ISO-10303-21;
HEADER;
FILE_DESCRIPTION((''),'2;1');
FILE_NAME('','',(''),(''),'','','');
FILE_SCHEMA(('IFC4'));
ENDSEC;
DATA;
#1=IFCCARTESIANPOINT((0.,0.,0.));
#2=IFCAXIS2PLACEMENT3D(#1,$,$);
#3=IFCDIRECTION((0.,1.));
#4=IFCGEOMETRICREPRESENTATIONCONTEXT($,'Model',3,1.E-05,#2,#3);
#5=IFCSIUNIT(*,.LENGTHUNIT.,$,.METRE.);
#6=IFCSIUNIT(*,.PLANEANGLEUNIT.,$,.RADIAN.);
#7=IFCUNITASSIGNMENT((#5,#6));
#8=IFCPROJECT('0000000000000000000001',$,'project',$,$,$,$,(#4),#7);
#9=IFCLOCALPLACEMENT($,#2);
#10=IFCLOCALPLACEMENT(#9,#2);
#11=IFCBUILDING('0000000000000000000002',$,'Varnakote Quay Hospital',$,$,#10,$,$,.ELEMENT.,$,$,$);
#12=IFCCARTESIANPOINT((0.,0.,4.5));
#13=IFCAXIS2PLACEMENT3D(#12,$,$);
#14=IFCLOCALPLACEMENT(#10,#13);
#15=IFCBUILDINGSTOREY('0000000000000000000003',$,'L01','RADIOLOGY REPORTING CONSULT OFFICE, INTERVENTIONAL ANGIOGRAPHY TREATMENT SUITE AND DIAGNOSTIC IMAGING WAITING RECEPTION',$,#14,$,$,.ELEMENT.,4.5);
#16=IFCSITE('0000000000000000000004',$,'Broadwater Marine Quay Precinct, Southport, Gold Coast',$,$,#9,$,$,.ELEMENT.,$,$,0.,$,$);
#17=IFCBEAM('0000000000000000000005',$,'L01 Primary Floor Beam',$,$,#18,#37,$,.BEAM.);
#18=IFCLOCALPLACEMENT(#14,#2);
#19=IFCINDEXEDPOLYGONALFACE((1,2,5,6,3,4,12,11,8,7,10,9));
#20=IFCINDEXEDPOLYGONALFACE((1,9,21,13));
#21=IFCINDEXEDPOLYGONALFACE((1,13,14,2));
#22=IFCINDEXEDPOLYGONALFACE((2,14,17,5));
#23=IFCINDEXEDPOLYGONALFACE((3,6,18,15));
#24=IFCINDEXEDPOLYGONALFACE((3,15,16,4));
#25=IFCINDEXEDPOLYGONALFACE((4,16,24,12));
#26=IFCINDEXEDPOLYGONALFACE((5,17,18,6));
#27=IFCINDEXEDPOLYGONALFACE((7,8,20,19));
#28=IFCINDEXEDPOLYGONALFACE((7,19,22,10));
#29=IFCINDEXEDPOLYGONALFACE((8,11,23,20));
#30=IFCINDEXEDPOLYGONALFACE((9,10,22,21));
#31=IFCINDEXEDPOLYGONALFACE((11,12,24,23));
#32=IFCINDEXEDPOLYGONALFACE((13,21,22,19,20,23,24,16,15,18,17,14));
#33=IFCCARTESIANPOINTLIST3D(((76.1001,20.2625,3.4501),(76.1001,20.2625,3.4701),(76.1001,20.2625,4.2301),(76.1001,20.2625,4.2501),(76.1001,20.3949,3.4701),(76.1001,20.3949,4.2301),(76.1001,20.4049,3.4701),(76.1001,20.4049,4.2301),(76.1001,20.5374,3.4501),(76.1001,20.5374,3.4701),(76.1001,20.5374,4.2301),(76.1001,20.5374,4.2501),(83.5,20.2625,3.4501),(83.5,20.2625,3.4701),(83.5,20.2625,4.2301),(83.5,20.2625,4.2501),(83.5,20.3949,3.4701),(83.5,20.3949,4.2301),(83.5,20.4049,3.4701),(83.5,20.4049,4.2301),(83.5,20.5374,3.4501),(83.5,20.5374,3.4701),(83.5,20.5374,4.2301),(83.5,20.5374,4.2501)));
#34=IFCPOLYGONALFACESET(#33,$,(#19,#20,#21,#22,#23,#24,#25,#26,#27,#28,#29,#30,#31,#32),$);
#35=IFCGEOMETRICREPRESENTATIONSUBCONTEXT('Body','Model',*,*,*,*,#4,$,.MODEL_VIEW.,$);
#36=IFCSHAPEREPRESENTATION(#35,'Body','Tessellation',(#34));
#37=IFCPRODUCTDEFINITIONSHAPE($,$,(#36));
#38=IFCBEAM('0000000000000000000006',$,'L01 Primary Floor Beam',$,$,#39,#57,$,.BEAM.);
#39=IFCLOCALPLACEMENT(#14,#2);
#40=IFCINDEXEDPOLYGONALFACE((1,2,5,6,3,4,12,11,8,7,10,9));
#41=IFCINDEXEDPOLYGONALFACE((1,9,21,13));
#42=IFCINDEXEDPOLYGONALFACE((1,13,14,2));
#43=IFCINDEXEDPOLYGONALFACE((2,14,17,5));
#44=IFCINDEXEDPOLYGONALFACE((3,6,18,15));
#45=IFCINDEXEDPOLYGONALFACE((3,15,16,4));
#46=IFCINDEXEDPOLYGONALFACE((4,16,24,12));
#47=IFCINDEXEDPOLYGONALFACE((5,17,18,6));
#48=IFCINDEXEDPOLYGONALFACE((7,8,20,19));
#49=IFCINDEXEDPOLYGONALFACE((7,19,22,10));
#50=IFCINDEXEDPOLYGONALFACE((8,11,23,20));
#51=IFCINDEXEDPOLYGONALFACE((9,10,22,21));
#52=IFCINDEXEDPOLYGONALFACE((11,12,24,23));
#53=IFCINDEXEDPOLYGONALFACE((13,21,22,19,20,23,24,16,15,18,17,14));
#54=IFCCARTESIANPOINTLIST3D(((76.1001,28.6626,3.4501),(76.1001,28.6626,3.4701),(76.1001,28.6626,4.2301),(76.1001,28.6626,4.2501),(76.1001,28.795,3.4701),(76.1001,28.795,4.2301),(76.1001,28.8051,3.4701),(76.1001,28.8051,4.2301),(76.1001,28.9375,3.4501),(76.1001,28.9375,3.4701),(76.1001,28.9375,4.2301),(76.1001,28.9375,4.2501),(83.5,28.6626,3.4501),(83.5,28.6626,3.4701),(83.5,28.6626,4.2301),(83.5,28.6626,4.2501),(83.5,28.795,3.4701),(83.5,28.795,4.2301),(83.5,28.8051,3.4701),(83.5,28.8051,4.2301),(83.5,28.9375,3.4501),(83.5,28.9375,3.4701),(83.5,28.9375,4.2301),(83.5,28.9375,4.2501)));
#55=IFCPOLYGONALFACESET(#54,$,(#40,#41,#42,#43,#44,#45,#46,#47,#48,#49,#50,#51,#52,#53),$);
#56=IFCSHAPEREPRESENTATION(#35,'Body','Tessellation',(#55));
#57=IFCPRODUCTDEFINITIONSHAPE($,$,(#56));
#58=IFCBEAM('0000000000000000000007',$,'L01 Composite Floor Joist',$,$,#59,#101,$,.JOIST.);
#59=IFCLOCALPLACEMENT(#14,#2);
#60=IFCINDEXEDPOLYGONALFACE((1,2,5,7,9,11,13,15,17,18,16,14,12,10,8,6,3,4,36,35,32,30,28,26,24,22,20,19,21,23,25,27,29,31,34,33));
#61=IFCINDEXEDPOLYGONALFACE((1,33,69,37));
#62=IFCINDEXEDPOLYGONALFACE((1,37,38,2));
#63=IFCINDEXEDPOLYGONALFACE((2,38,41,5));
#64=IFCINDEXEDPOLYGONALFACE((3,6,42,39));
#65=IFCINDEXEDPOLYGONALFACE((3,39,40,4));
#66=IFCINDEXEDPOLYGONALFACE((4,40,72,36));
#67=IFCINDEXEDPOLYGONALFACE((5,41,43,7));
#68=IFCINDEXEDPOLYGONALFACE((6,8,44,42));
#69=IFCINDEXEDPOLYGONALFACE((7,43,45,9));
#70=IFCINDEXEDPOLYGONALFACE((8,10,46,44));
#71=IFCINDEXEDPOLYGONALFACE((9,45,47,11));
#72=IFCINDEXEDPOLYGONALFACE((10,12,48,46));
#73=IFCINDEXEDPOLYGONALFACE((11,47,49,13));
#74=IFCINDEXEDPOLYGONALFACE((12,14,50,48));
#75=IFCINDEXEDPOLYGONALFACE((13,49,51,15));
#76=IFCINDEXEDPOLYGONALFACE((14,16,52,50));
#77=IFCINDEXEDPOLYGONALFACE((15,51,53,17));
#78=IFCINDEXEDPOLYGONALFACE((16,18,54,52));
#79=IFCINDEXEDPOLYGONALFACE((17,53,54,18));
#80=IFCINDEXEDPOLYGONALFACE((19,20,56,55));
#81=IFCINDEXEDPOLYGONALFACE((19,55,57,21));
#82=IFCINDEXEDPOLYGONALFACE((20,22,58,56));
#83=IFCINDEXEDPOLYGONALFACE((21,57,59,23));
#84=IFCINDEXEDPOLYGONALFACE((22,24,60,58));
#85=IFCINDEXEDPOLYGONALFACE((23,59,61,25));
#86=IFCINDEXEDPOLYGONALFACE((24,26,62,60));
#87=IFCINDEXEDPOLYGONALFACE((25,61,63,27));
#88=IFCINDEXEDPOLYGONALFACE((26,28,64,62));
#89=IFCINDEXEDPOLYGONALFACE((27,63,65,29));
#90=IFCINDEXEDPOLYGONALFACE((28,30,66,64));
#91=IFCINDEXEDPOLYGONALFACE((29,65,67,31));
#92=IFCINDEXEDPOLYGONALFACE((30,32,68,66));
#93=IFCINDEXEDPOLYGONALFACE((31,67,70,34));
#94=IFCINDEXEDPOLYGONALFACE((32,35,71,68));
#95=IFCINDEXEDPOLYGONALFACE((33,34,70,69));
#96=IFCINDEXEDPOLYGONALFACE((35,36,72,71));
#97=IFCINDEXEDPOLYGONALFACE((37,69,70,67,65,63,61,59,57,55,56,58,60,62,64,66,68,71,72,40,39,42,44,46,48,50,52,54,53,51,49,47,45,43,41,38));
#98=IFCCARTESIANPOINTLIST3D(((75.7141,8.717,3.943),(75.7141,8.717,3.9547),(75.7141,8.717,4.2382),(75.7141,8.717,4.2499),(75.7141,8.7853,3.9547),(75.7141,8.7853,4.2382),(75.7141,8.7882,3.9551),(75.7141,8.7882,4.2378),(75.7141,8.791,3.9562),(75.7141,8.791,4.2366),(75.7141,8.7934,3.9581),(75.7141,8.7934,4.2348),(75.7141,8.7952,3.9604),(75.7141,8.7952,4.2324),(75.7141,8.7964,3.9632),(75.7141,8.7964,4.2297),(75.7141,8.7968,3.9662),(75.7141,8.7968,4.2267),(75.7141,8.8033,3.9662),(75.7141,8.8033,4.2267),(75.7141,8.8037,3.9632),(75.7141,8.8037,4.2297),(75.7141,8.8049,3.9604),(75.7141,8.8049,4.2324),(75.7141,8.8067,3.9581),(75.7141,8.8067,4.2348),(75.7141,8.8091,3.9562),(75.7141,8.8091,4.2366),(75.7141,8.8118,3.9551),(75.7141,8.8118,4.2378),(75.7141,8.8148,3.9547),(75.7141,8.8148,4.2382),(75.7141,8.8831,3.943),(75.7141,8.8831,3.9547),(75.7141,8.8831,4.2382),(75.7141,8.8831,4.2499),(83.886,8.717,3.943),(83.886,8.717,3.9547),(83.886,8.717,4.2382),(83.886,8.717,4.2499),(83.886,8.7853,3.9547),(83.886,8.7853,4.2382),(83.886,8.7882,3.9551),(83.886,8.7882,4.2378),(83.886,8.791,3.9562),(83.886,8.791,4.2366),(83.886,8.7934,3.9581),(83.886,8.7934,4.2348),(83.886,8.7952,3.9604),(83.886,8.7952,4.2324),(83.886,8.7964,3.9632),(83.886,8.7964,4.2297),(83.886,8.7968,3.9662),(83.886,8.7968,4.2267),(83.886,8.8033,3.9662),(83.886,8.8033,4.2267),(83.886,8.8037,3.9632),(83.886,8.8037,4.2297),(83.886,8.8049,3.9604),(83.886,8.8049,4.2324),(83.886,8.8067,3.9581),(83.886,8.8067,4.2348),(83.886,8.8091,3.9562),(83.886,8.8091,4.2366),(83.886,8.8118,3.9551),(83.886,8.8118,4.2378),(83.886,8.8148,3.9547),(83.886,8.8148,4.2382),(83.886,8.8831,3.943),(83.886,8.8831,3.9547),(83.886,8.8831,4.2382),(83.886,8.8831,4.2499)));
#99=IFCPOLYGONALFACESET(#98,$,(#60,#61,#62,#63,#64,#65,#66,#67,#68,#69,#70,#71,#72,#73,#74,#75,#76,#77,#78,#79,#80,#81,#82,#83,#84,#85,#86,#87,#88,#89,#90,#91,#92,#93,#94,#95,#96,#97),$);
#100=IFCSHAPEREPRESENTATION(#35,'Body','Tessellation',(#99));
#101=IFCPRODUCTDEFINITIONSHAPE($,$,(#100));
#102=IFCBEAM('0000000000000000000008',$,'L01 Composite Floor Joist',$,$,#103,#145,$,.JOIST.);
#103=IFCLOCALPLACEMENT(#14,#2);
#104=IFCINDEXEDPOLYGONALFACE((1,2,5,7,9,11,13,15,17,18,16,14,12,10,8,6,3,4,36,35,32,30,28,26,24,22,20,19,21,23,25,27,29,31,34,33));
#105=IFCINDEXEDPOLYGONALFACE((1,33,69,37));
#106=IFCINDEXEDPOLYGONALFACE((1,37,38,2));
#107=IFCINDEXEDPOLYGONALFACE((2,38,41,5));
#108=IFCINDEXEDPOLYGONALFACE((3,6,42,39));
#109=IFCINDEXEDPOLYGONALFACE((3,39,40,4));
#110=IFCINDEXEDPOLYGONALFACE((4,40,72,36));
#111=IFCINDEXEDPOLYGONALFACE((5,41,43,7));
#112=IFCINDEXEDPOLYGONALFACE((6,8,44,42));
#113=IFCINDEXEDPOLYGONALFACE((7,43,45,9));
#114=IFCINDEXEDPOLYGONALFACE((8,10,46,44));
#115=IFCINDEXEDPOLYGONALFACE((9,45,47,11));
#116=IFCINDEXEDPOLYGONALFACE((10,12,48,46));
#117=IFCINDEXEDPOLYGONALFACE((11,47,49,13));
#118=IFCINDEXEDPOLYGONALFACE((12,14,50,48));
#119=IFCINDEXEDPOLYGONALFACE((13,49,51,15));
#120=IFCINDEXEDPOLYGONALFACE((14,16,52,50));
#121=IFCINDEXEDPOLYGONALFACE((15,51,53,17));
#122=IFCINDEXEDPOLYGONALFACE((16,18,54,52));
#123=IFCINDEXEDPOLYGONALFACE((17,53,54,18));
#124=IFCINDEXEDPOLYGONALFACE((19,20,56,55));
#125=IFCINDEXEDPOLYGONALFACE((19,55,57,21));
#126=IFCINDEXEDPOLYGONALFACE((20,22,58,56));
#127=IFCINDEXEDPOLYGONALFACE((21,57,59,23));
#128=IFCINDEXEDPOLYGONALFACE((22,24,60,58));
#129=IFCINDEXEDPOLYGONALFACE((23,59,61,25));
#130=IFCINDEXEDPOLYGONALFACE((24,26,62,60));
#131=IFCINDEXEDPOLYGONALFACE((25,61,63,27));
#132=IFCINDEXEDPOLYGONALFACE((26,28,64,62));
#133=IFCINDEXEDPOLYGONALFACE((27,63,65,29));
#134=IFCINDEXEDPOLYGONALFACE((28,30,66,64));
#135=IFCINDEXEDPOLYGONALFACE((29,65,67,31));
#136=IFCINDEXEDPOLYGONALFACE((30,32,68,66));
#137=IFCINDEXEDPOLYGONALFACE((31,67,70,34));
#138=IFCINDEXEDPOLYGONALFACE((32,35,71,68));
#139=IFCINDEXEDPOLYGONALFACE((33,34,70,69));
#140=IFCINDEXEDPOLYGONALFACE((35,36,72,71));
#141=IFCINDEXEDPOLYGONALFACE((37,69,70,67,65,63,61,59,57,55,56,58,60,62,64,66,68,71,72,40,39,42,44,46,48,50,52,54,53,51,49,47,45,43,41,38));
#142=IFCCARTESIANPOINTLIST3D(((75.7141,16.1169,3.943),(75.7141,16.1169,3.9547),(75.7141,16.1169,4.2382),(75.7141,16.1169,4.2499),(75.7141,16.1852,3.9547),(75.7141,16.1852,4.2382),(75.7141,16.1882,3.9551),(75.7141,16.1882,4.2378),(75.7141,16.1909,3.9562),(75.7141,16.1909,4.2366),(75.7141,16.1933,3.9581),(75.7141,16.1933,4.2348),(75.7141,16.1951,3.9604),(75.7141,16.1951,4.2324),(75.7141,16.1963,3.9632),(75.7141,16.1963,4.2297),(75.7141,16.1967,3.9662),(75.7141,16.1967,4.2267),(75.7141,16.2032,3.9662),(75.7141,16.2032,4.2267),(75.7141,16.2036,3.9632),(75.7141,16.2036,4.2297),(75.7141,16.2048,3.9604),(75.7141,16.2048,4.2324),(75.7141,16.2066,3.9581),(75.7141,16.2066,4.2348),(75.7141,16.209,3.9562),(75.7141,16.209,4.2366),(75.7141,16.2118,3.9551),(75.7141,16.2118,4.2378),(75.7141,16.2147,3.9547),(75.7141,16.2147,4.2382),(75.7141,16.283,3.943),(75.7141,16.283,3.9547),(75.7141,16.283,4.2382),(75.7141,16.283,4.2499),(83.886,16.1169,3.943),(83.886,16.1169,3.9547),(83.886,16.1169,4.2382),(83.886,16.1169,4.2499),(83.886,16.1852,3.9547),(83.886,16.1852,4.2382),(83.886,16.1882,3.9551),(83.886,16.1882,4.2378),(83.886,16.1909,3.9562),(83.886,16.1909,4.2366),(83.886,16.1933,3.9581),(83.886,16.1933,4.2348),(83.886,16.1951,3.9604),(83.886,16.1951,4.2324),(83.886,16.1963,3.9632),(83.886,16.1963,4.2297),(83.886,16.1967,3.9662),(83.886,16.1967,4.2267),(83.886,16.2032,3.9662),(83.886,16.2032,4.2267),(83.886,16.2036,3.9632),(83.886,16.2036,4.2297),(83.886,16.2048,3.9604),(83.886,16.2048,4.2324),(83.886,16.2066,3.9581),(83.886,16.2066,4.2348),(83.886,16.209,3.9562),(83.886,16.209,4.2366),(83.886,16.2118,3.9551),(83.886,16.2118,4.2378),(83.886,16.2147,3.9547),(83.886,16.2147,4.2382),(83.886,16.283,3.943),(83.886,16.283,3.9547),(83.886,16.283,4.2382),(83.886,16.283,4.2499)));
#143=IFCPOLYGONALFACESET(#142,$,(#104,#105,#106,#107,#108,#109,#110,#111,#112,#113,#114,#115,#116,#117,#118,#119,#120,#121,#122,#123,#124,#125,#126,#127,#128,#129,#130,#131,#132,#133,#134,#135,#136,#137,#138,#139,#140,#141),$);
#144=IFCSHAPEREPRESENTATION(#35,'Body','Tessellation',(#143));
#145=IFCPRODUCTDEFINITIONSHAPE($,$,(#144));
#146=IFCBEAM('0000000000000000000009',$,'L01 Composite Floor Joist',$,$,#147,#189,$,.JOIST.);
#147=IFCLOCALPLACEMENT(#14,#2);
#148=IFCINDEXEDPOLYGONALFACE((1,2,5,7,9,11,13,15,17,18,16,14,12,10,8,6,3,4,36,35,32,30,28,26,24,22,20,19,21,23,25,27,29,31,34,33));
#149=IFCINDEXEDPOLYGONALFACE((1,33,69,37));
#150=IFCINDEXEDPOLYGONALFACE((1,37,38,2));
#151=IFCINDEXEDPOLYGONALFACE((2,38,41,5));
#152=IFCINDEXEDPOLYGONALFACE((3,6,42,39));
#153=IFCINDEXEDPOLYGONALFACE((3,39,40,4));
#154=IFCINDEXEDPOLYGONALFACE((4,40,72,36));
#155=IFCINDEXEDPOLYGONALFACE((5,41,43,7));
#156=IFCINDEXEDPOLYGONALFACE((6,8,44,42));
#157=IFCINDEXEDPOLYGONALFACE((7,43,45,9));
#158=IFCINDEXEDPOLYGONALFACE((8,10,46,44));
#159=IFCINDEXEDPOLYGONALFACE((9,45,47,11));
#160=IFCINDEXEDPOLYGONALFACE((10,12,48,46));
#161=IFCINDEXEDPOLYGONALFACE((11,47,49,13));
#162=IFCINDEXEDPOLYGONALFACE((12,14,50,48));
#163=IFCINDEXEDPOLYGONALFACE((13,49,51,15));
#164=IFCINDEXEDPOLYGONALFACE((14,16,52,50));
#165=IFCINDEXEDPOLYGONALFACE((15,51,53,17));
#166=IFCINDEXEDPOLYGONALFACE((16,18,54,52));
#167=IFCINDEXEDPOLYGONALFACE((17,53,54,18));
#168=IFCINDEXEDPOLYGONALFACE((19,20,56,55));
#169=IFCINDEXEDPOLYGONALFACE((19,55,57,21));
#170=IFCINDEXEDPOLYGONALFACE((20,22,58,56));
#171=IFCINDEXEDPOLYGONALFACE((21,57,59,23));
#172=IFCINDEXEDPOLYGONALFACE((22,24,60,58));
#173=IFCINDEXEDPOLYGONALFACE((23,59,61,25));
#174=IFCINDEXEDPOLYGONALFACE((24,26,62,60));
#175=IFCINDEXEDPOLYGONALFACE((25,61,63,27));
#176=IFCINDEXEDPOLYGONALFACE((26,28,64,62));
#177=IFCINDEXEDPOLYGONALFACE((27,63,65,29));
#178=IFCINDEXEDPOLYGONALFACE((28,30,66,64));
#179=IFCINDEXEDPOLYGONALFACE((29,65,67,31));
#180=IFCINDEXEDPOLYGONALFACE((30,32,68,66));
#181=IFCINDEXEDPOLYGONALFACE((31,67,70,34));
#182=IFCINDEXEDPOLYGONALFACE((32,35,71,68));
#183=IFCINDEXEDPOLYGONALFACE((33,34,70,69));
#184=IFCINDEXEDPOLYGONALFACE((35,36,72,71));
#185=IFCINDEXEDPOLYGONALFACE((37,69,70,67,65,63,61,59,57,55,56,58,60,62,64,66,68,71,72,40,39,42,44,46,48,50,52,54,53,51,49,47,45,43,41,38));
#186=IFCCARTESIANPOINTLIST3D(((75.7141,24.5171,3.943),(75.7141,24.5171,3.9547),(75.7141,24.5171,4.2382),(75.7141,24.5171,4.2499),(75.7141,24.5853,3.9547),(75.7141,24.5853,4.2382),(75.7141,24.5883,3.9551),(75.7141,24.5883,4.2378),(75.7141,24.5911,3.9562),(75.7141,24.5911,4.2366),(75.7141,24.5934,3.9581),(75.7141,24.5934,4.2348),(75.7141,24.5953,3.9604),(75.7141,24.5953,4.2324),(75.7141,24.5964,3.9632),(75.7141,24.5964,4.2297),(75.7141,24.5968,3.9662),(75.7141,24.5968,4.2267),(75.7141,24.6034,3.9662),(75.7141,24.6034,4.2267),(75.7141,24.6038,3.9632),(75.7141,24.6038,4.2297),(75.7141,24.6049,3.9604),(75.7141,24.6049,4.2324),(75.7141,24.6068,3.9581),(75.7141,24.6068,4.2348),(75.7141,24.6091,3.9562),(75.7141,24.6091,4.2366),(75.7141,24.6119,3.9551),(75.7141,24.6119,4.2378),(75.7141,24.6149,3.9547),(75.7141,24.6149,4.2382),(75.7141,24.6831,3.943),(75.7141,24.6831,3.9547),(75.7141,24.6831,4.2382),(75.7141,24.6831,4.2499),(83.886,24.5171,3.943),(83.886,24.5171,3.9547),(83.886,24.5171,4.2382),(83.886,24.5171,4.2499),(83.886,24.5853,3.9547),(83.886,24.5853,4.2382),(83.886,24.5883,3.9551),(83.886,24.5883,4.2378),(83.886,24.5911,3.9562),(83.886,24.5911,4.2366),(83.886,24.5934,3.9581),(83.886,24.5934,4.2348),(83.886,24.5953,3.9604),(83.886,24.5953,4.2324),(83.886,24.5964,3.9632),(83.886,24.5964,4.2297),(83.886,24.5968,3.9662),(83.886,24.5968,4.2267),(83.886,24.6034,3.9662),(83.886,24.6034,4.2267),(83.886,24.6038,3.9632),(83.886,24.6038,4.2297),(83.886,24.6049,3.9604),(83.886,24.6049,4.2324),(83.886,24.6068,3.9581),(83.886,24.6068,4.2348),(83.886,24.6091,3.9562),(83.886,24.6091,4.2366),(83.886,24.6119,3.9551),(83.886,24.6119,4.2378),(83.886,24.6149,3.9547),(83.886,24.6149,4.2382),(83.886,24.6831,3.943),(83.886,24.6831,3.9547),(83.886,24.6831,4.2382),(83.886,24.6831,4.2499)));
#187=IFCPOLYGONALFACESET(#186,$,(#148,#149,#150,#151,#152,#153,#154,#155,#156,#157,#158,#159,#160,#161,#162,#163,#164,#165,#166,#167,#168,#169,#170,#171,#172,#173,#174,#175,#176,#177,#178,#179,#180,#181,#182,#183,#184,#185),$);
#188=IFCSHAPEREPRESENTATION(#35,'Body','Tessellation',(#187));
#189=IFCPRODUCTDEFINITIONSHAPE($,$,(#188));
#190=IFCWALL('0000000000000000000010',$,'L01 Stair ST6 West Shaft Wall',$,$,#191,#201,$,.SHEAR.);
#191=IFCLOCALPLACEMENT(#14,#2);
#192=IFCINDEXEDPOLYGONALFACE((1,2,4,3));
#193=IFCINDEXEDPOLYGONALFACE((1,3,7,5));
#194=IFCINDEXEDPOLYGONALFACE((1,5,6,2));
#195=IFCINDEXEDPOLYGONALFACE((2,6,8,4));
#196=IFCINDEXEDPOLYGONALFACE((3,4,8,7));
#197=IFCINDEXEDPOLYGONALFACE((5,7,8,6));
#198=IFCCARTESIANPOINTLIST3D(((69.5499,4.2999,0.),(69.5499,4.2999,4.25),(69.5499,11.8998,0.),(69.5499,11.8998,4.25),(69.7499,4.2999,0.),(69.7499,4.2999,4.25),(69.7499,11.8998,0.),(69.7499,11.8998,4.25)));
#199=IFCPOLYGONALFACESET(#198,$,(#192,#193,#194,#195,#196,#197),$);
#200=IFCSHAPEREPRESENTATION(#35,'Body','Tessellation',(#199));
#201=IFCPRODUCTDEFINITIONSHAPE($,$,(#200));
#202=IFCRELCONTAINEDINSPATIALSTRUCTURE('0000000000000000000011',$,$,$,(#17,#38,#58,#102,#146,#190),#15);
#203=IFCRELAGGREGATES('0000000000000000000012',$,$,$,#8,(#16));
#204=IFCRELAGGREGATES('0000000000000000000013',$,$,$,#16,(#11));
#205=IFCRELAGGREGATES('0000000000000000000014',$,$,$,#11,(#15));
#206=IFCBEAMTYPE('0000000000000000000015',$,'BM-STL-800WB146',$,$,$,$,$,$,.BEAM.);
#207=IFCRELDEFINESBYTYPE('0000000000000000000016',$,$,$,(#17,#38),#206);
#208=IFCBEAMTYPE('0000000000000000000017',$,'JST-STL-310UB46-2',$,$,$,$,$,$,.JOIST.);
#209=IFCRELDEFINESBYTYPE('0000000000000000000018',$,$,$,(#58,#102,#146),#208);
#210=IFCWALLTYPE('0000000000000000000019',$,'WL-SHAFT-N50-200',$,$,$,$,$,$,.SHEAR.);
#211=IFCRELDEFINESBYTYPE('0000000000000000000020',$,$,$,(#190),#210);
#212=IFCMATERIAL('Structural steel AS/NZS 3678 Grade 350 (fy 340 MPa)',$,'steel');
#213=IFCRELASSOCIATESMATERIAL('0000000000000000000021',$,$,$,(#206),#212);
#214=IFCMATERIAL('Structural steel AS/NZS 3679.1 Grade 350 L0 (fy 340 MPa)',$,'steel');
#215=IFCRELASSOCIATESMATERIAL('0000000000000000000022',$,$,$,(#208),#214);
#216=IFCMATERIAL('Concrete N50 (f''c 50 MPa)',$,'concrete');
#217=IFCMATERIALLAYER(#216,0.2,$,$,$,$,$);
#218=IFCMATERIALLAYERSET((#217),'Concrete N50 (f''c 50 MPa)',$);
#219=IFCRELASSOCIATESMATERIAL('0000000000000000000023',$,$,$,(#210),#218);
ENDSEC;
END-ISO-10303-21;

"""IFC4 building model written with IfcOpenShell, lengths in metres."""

from ifc_helpers import new_model, si_unit, direction, frame, frame_2d, origin, origin_2d, place, context, subcontext, project, spatial, rectangle, i_section, extrude, material, layer, layer_set, material_profile, profile_set, type_object, element, save


model = new_model("IFC4")

# Units and contexts
model_context = context("Model", 3, precision=1e-05, world=origin(), true_north=direction((0.0, 1.0)))
body_context = subcontext(model_context, "Body", "Model", "MODEL_VIEW")
ifc_project = project(units=[si_unit("LENGTHUNIT", "METRE"), si_unit("PLANEANGLEUNIT", "RADIAN")], contexts=[model_context])

# Site, building, storey
site_placement = place(None, origin())
site = spatial("IfcSite", under=ifc_project, at=site_placement, Name="Broadwater Marine Quay Precinct, Southport, Gold Coast", CompositionType="ELEMENT", RefElevation=0.0)
building_placement = place(site_placement, origin())
building = spatial("IfcBuilding", under=site, at=building_placement, Name="Varnakote Quay Hospital", CompositionType="ELEMENT")
storey_placement = place(building_placement, frame((0.0, 0.0, 4.5)))
storey = spatial("IfcBuildingStorey", under=building, at=storey_placement, Name="L01", Description="RADIOLOGY REPORTING CONSULT OFFICE, INTERVENTIONAL ANGIOGRAPHY TREATMENT SUITE AND DIAGNOSTIC IMAGING WAITING RECEPTION", CompositionType="ELEMENT", Elevation=4.5)

# Beams
ifc_material_1 = material(Name="Structural steel AS/NZS 3678 Grade 350 (fy 340 MPa)", Category="steel")
ifc_material_profile_1 = material_profile(ifc_material_1, i_section(OverallWidth=0.2749, OverallDepth=0.8, WebThickness=0.01, FlangeThickness=0.02, at=origin_2d()), Name="800WB146")
ifc_profile_set_1 = profile_set([ifc_material_profile_1], Name="Structural steel AS/NZS 3678 Grade 350 (fy 340 MPa)")
beam_type_1 = type_object("IfcBeamType", Name="BM-STL-800WB146", PredefinedType="BEAM", material=ifc_profile_set_1)
for number, where, z_axis, x_axis, name in (
    (1, (76.1001, 20.3999, 3.8501), (1.0, 0.0, 0.0), (0.0, 1.0, 0.0), "L01 Primary Floor Beam"),
    (2, (76.1001, 28.8, 3.8501), (1.0, 0.0, 0.0), (0.0, 1.0, 0.0), "L01 Primary Floor Beam"),
):
    element("IfcBeam", number, at=place(storey_placement, frame(where, z_axis=z_axis, x_axis=x_axis)), inside=storey, type_object=beam_type_1, Name=name, PredefinedType="BEAM", context=body_context, shape_type="SweptSolid", body=[
        extrude(i_section(OverallWidth=0.2749, OverallDepth=0.8, WebThickness=0.01, FlangeThickness=0.02, at=origin_2d()), origin(), (0.0, 0.0, 1.0), 7.3999),
    ])
ifc_material_2 = material(Name="Structural steel AS/NZS 3679.1 Grade 350 L0 (fy 340 MPa)", Category="steel")
ifc_material_profile_2 = material_profile(ifc_material_2, i_section(OverallWidth=0.166, OverallDepth=0.3069, WebThickness=0.0066, FlangeThickness=0.0117, FilletRadius=0.0115, at=origin_2d()), Name="310UB46.2")
ifc_profile_set_2 = profile_set([ifc_material_profile_2], Name="Structural steel AS/NZS 3679.1 Grade 350 L0 (fy 340 MPa)")
beam_type_2 = type_object("IfcBeamType", Name="JST-STL-310UB46-2", PredefinedType="JOIST", material=ifc_profile_set_2)
for number, where, z_axis, x_axis, name in (
    (3, (75.7141, 8.8, 4.0964), (1.0, 0.0, 0.0), (0.0, 1.0, 0.0), "L01 Composite Floor Joist"),
    (4, (75.7141, 16.2, 4.0964), (1.0, 0.0, 0.0), (0.0, 1.0, 0.0), "L01 Composite Floor Joist"),
    (5, (75.7141, 24.6001, 4.0964), (1.0, 0.0, 0.0), (0.0, 1.0, 0.0), "L01 Composite Floor Joist"),
):
    element("IfcBeam", number, at=place(storey_placement, frame(where, z_axis=z_axis, x_axis=x_axis)), inside=storey, type_object=beam_type_2, Name=name, PredefinedType="JOIST", context=body_context, shape_type="SweptSolid", body=[
        extrude(i_section(OverallWidth=0.166, OverallDepth=0.3069, WebThickness=0.0066, FlangeThickness=0.0117, FilletRadius=0.0115, at=origin_2d()), origin(), (0.0, 0.0, 1.0), 8.1719),
    ])

# Wall
ifc_material_3 = material(Name="Concrete N50 (f'c 50 MPa)", Category="concrete")
ifc_layer_1 = layer(ifc_material_3, 0.2)
ifc_layer_set_1 = layer_set([ifc_layer_1], Name="Concrete N50 (f'c 50 MPa)")
wall_type_1 = type_object("IfcWallType", Name="WL-SHAFT-N50-200", PredefinedType="SHEAR", material=ifc_layer_set_1)
for number, where, z_axis, x_axis, name in (
    (6, (69.6499, 4.3, 0.0), (0.0, 0.0, 1.0), (0.0, 1.0, 0.0), "L01 Stair ST6 West Shaft Wall"),
):
    element("IfcWall", number, at=place(storey_placement, frame(where, z_axis=z_axis, x_axis=x_axis)), inside=storey, type_object=wall_type_1, Name=name, PredefinedType="SHEAR", context=body_context, shape_type="SweptSolid", body=[
        extrude(rectangle(XDim=7.5999, YDim=0.2, at=frame_2d((3.7998, 0.0))), origin(), (0.0, 0.0, 1.0), 4.25),
    ])

save(model, "model.ifc")
